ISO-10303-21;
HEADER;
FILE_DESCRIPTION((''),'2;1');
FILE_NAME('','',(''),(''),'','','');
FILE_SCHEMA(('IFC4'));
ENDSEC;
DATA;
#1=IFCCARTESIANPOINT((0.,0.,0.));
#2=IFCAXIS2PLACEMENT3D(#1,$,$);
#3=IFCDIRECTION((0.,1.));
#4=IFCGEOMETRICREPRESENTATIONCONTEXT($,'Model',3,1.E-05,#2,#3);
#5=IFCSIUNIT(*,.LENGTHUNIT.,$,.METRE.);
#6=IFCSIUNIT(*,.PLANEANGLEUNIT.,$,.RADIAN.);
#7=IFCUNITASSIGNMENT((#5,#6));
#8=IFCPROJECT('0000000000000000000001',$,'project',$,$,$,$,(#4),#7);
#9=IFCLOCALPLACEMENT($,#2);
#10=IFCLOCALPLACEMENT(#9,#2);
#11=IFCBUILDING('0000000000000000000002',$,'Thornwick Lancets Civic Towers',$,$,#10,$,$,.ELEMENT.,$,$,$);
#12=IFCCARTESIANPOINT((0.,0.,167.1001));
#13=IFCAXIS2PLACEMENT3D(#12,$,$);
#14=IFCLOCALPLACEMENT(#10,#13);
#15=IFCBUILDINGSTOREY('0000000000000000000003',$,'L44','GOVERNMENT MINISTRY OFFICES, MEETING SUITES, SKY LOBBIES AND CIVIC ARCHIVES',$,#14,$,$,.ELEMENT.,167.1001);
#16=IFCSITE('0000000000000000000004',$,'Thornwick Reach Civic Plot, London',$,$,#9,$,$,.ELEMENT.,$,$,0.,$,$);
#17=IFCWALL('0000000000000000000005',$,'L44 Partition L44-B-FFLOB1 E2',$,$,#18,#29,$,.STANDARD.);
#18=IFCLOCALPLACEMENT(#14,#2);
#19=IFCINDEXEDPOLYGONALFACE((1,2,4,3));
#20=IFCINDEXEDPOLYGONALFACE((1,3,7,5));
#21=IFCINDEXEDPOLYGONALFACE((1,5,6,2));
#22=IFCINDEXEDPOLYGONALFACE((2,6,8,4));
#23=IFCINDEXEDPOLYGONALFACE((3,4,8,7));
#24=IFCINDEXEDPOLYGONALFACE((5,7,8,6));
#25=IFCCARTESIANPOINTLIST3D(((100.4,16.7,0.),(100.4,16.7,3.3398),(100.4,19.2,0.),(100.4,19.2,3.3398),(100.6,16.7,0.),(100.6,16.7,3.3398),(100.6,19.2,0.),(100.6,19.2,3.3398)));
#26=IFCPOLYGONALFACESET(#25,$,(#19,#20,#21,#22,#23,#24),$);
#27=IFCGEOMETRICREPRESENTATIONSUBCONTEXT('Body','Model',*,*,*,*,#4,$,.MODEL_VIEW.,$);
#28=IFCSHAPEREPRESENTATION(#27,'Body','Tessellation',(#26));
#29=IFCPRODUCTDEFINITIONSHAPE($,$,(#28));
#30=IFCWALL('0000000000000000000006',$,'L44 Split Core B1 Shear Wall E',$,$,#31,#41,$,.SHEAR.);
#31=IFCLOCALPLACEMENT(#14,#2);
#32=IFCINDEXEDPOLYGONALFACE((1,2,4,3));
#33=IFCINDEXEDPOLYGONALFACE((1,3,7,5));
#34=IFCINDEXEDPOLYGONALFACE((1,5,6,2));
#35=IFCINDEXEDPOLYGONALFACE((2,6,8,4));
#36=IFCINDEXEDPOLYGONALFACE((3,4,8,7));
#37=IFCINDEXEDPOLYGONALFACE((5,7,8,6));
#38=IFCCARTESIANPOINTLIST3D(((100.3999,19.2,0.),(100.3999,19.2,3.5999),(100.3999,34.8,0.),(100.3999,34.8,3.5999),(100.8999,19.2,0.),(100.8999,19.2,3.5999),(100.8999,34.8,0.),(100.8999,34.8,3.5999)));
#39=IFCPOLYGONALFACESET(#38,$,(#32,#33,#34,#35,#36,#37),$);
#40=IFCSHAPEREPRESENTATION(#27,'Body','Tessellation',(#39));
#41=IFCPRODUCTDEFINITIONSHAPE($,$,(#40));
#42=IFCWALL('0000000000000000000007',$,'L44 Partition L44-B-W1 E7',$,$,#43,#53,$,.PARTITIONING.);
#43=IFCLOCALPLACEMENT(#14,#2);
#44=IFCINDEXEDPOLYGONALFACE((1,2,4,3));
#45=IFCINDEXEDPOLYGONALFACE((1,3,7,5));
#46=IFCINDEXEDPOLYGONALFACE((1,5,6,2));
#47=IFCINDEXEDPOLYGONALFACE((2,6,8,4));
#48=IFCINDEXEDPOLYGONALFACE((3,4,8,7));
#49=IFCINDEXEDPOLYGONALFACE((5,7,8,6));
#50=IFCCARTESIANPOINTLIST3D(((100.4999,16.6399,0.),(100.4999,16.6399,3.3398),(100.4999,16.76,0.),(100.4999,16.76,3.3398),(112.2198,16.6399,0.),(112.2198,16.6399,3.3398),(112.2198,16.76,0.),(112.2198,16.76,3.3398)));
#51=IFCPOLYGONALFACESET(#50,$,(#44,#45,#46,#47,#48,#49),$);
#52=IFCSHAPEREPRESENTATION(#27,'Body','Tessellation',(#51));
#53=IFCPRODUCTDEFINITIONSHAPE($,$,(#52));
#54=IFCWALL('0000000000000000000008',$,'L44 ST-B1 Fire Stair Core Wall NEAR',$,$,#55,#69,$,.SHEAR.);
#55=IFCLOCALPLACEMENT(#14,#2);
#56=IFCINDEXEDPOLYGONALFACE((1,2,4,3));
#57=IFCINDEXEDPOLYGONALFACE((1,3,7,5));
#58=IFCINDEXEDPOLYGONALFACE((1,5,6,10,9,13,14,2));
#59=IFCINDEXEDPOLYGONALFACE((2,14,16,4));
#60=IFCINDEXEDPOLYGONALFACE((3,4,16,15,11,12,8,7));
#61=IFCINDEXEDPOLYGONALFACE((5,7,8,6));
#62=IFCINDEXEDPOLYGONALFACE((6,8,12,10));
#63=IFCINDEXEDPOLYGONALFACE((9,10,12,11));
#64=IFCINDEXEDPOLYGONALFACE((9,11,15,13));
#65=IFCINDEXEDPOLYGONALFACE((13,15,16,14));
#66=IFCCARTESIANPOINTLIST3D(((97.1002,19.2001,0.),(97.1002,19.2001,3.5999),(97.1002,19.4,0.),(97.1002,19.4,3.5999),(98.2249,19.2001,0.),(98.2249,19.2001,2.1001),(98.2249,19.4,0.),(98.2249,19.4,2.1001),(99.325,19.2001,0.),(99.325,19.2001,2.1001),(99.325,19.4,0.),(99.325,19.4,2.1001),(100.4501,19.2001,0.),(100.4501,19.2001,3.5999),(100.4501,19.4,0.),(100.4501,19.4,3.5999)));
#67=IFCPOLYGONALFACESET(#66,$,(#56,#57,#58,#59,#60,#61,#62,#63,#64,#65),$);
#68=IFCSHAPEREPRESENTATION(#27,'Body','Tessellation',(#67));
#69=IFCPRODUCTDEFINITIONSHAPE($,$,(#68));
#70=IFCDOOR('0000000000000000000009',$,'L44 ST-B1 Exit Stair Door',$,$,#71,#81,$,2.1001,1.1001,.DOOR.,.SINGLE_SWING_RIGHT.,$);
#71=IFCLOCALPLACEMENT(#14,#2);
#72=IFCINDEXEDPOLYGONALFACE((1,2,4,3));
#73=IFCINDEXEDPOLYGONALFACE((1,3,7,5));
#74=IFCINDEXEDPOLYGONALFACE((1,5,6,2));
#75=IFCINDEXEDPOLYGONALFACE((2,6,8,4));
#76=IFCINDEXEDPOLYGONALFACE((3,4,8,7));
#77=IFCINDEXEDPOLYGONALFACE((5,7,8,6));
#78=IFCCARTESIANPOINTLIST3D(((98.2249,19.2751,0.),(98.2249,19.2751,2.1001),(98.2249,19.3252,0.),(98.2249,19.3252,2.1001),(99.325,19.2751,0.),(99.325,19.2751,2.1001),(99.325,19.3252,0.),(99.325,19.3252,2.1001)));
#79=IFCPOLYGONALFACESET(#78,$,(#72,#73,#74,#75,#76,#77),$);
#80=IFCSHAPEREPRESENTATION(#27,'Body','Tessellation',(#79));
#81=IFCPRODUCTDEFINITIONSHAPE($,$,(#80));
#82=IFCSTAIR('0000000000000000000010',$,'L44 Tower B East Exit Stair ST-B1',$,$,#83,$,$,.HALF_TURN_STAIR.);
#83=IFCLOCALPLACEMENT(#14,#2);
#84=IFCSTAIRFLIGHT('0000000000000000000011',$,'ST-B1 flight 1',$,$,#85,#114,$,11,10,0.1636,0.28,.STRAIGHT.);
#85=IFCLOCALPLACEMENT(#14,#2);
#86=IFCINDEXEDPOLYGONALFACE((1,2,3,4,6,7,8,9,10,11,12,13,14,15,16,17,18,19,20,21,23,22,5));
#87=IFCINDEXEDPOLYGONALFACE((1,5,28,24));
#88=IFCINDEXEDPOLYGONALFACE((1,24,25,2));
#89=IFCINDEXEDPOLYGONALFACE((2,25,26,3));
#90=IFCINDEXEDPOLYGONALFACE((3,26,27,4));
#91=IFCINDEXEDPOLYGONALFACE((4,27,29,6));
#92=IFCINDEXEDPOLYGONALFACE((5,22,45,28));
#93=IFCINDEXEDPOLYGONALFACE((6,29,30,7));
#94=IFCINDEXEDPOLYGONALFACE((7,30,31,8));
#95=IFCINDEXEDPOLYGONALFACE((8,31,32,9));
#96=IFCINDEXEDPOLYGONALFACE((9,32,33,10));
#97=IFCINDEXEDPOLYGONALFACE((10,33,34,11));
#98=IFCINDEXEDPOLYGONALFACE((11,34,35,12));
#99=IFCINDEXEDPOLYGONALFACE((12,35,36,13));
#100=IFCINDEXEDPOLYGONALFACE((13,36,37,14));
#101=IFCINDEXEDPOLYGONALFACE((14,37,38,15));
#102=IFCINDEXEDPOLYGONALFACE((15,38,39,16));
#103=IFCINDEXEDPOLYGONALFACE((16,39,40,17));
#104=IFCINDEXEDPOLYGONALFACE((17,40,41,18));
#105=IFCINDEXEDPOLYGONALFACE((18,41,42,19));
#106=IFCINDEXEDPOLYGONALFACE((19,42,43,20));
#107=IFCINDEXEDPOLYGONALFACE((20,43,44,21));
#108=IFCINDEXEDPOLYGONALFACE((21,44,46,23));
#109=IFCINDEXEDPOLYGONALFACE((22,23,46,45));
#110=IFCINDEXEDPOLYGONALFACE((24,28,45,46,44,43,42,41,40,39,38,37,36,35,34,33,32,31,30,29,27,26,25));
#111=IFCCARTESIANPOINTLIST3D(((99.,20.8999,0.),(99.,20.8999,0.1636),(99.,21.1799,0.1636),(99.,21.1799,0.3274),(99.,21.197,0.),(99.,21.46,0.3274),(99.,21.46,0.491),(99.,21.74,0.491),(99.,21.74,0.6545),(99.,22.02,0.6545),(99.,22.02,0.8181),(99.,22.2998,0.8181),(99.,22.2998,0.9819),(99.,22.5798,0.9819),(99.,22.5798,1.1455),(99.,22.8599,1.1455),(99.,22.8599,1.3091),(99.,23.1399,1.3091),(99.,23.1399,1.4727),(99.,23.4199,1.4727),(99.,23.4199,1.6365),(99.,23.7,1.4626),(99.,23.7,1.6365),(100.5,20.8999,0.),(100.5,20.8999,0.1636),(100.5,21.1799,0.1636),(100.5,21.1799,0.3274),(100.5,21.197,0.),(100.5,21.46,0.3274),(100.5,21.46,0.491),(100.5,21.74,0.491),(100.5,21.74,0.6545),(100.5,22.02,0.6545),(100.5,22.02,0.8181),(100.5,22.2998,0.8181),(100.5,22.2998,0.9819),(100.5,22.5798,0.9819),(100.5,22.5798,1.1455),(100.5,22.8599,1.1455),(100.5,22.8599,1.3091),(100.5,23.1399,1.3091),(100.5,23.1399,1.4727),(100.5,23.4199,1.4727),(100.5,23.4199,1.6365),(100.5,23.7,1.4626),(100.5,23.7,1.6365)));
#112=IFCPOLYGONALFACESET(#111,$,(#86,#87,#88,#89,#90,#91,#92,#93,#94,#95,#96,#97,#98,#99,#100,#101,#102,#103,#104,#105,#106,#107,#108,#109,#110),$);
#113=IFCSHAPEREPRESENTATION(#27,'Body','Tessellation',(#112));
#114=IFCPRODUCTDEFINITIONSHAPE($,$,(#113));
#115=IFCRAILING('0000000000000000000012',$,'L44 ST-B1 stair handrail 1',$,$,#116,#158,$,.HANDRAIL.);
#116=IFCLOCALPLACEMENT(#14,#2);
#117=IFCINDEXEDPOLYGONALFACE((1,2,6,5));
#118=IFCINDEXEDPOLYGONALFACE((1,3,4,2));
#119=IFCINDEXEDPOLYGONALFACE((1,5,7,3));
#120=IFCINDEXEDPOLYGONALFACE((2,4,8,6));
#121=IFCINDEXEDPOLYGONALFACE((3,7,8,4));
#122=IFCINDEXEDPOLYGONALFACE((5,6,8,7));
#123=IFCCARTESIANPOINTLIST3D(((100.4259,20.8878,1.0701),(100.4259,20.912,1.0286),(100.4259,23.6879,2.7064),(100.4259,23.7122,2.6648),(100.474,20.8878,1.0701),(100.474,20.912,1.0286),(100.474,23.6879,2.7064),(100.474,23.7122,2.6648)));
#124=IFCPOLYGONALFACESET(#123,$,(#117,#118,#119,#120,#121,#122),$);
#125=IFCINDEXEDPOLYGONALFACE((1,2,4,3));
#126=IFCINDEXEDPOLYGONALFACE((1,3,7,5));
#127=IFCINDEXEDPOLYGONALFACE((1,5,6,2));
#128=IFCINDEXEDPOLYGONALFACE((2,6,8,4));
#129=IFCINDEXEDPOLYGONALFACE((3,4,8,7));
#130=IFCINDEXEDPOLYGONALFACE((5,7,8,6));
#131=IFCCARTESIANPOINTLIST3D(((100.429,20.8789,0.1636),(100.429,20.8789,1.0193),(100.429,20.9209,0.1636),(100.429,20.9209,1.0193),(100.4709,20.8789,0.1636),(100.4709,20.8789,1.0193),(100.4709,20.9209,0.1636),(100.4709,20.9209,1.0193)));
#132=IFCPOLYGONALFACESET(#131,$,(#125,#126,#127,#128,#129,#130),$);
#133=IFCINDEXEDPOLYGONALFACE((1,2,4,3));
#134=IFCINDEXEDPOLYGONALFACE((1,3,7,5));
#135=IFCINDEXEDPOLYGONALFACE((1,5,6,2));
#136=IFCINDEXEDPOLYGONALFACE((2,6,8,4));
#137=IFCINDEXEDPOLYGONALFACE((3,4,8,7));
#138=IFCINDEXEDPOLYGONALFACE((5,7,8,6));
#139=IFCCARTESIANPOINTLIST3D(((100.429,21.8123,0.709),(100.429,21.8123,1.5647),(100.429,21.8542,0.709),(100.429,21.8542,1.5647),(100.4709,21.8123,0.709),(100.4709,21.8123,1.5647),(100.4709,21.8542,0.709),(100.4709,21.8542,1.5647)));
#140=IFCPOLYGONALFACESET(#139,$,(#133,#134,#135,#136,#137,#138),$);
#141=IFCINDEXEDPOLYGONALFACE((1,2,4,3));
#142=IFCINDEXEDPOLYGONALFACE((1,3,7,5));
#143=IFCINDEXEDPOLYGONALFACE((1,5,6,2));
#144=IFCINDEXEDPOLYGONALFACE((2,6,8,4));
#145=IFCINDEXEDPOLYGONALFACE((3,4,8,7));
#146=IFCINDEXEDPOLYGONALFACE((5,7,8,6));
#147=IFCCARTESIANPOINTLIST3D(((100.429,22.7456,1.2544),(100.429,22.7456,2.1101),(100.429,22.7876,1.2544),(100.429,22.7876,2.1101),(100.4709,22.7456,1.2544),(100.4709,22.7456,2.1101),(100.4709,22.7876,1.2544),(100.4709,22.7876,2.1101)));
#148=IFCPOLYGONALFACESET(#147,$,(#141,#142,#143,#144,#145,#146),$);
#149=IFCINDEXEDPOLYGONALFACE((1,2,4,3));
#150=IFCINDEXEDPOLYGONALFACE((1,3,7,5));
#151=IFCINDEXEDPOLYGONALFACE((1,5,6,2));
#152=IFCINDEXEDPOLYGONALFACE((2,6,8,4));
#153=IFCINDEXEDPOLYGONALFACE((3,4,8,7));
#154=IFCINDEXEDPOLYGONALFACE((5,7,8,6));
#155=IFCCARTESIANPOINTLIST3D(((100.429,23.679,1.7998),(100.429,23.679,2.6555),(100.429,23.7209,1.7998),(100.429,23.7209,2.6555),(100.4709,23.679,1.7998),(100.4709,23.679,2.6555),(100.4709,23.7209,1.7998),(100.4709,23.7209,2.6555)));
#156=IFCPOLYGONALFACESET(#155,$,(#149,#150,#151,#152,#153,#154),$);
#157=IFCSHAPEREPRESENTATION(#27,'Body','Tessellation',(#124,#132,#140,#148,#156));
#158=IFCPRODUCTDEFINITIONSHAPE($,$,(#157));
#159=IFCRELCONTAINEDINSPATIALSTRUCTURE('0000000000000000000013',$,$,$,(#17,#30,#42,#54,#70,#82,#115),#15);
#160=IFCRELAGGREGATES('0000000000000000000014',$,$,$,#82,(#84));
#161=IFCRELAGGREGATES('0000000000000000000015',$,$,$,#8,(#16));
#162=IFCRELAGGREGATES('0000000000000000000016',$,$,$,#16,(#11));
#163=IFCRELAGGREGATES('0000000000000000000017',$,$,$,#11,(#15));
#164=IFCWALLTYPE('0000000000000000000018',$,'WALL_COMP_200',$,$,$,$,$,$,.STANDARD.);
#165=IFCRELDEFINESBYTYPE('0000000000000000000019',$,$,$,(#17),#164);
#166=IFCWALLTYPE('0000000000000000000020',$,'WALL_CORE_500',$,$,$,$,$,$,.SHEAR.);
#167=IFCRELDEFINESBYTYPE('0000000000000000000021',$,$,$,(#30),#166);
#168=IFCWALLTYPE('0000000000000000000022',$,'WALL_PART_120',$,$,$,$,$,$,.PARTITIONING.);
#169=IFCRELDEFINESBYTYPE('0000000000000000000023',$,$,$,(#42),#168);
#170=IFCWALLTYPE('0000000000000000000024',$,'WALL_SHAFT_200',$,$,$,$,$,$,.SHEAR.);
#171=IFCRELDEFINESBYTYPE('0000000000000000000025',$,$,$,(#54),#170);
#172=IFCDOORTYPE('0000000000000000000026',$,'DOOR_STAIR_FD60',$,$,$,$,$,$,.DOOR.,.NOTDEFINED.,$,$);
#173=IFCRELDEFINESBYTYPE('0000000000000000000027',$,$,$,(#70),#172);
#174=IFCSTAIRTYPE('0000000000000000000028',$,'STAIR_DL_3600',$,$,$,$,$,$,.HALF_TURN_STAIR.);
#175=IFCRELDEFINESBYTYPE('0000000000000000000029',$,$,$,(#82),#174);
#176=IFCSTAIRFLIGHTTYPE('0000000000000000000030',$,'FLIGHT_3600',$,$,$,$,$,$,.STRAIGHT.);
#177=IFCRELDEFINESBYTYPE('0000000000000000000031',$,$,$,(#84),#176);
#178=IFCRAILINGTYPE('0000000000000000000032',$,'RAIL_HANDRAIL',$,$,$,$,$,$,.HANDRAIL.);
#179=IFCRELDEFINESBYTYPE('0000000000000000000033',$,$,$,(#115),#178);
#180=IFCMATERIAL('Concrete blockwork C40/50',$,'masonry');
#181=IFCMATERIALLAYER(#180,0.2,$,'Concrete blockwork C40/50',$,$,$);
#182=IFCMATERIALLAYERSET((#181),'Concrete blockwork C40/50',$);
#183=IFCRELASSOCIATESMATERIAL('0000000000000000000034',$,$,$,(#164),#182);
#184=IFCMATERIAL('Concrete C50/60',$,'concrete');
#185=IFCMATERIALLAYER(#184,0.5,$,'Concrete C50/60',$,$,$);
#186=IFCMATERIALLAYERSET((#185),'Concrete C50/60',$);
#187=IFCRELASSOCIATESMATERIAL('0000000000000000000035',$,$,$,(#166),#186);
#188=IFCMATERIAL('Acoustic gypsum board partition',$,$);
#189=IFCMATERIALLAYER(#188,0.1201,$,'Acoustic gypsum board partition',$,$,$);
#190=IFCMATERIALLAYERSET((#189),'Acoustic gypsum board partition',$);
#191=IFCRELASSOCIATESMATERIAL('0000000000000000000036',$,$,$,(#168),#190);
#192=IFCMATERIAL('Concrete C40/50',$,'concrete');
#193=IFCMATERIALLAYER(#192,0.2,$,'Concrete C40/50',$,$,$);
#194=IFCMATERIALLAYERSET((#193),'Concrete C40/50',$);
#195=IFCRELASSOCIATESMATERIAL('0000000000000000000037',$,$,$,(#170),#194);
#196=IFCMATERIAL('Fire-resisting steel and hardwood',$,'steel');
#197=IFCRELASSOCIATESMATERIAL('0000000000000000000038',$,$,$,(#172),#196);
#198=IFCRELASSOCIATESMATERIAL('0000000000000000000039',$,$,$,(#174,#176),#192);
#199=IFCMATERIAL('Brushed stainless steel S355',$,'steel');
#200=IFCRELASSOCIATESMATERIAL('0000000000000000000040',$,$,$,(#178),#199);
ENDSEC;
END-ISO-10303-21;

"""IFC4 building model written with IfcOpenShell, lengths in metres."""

from ifc_helpers import new_model, si_unit, direction, frame, frame_2d, origin, origin_2d, place, context, subcontext, project, spatial, polyline, rectangle, outline, extrude, material, layer, layer_set, type_object, element, fill, aggregate, save


model = new_model("IFC4")

# Units and contexts
model_context = context("Model", 3, precision=1e-05, world=origin(), true_north=direction((0.0, 1.0)))
body_context = subcontext(model_context, "Body", "Model", "MODEL_VIEW")
ifc_project = project(units=[si_unit("LENGTHUNIT", "METRE"), si_unit("PLANEANGLEUNIT", "RADIAN")], contexts=[model_context])

# Site, building, storey
site_placement = place(None, origin())
site = spatial("IfcSite", under=ifc_project, at=site_placement, Name="Thornwick Reach Civic Plot, London", CompositionType="ELEMENT", RefElevation=0.0)
building_placement = place(site_placement, origin())
building = spatial("IfcBuilding", under=site, at=building_placement, Name="Thornwick Lancets Civic Towers", CompositionType="ELEMENT")
storey_placement = place(building_placement, frame((0.0, 0.0, 167.1001)))
storey = spatial("IfcBuildingStorey", under=building, at=storey_placement, Name="L44", Description="GOVERNMENT MINISTRY OFFICES, MEETING SUITES, SKY LOBBIES AND CIVIC ARCHIVES", CompositionType="ELEMENT", Elevation=167.1001)

# Shared definitions
ifc_material_1 = material(Name="Concrete C50/60", Category="concrete")

# Shared definitions
ifc_material_2 = material(Name="Concrete C40/50", Category="concrete")

# Walls
ifc_material_3 = material(Name="Concrete blockwork C40/50", Category="masonry")
ifc_layer_1 = layer(ifc_material_3, 0.2, Name="Concrete blockwork C40/50")
ifc_layer_set_1 = layer_set([ifc_layer_1], Name="Concrete blockwork C40/50")
wall_type_1 = type_object("IfcWallType", Name="WALL_COMP_200", PredefinedType="STANDARD", material=ifc_layer_set_1)
wall_1_placement = place(storey_placement, frame((100.5, 16.7, 0.0), z_axis=(0.0, 0.0, 1.0), x_axis=(0.0, 1.0, 0.0)))
element("IfcWall", 1, at=wall_1_placement, inside=storey, type_object=wall_type_1, Name="L44 Partition L44-B-FFLOB1 E2", PredefinedType="STANDARD", context=body_context, shape_type="SweptSolid", body=[
    extrude(rectangle(XDim=2.5, YDim=0.2, at=frame_2d((1.25, 0.0))), origin(), (0.0, 0.0, 1.0), 3.3398),
])
ifc_layer_2 = layer(ifc_material_1, 0.5, Name="Concrete C50/60")
ifc_layer_set_2 = layer_set([ifc_layer_2], Name="Concrete C50/60")
wall_type_2 = type_object("IfcWallType", Name="WALL_CORE_500", PredefinedType="SHEAR", material=ifc_layer_set_2)
wall_2_placement = place(storey_placement, frame((100.6499, 19.2, 0.0), z_axis=(0.0, 0.0, 1.0), x_axis=(0.0, 1.0, 0.0)))
element("IfcWall", 2, at=wall_2_placement, inside=storey, type_object=wall_type_2, Name="L44 Split Core B1 Shear Wall E", PredefinedType="SHEAR", context=body_context, shape_type="SweptSolid", body=[
    extrude(rectangle(XDim=15.6001, YDim=0.5, at=frame_2d((7.8, 0.0))), origin(), (0.0, 0.0, 1.0), 3.5999),
])
ifc_material_4 = material(Name="Acoustic gypsum board partition")
ifc_layer_3 = layer(ifc_material_4, 0.1201, Name="Acoustic gypsum board partition")
ifc_layer_set_3 = layer_set([ifc_layer_3], Name="Acoustic gypsum board partition")
wall_type_3 = type_object("IfcWallType", Name="WALL_PART_120", PredefinedType="PARTITIONING", material=ifc_layer_set_3)
wall_3_placement = place(storey_placement, frame((100.5, 16.7, 0.0), z_axis=(0.0, 0.0, 1.0), x_axis=(1.0, 0.0, 0.0)))
element("IfcWall", 3, at=wall_3_placement, inside=storey, type_object=wall_type_3, Name="L44 Partition L44-B-W1 E7", PredefinedType="PARTITIONING", context=body_context, shape_type="SweptSolid", body=[
    extrude(rectangle(XDim=11.72, YDim=0.1201, at=frame_2d((5.8599, 0.0))), origin(), (0.0, 0.0, 1.0), 3.3398),
])

# Wall, opening, door
ifc_layer_4 = layer(ifc_material_2, 0.2, Name="Concrete C40/50")
ifc_layer_set_4 = layer_set([ifc_layer_4], Name="Concrete C40/50")
wall_type_4 = type_object("IfcWallType", Name="WALL_SHAFT_200", PredefinedType="SHEAR", material=ifc_layer_set_4)
wall_4_placement = place(storey_placement, frame((100.45, 19.3, 0.0), z_axis=(0.0, 0.0, 1.0), x_axis=(-1.0, 0.0, 0.0)))
wall_4 = element("IfcWall", 4, at=wall_4_placement, inside=storey, type_object=wall_type_4, Name="L44 ST-B1 Fire Stair Core Wall NEAR", PredefinedType="SHEAR", context=body_context, shape_type="SweptSolid", body=[
    extrude(rectangle(XDim=3.3499, YDim=0.2, at=frame_2d((1.6748, 0.0))), origin(), (0.0, 0.0, 1.0), 3.5999),
])
opening_placement = place(wall_4_placement, frame((1.125, 0.0, 0.0)))
opening = element("IfcOpeningElement", 5, at=opening_placement, cuts=wall_4, PredefinedType="OPENING", context=body_context, shape_type="SweptSolid", body=[
    extrude(rectangle(XDim=1.1001, YDim=2.1001, at=frame_2d((0.55, 1.05))), frame((0.0, 0.1099, 0.0), z_axis=(0.0, -1.0, 0.0), x_axis=(1.0, 0.0, 0.0)), (0.0, 0.0, 1.0), 0.22),
])
ifc_material_5 = material(Name="Fire-resisting steel and hardwood", Category="steel")
door_type = type_object("IfcDoorType", Name="DOOR_STAIR_FD60", OperationType="NOTDEFINED", PredefinedType="DOOR", material=ifc_material_5)
door_placement = place(opening_placement, origin())
door = element("IfcDoor", 6, at=door_placement, inside=storey, type_object=door_type, Name="L44 ST-B1 Exit Stair Door", OperationType="SINGLE_SWING_RIGHT", OverallHeight=2.1001, OverallWidth=1.1001, PredefinedType="DOOR", context=body_context, shape_type="SweptSolid", body=[
    extrude(rectangle(XDim=1.1001, YDim=2.1001, at=frame_2d((0.55, 1.05))), frame((0.0, 0.0249, 0.0), z_axis=(0.0, -1.0, 0.0), x_axis=(1.0, 0.0, 0.0)), (0.0, 0.0, 1.0), 0.05),
])
fill(opening, door)

# Stair, stair flight
stair_type = type_object("IfcStairType", Name="STAIR_DL_3600", PredefinedType="HALF_TURN_STAIR", material=ifc_material_2)
stair_placement = place(storey_placement, origin())
stair = element("IfcStair", 7, at=stair_placement, inside=storey, type_object=stair_type, Name="L44 Tower B East Exit Stair ST-B1", PredefinedType="HALF_TURN_STAIR")
stair_flight_type = type_object("IfcStairFlightType", Name="FLIGHT_3600", PredefinedType="STRAIGHT", material=ifc_material_2)
stair_flight_placement = place(storey_placement, frame((99.75, 20.8999, 0.0), z_axis=(0.0, 0.0, 1.0), x_axis=(0.0, 1.0, 0.0)))
stair_flight = element("IfcStairFlight", 8, at=stair_flight_placement, type_object=stair_flight_type, Name="ST-B1 flight 1", NumberOfRisers=11, NumberOfTreads=10, PredefinedType="STRAIGHT", RiserHeight=0.1636, TreadLength=0.28, context=body_context, shape_type="SweptSolid", body=[
    extrude(outline(polyline([(0.0, 0.0), (0.0, 0.1636), (0.28, 0.1636), (0.28, 0.3274), (0.5601, 0.3274), (0.5601, 0.491), (0.8401, 0.491), (0.8401, 0.6545), (1.1201, 0.6545), (1.1201, 0.8181), (1.3999, 0.8181), (1.3999, 0.9819), (1.6799, 0.9819), (1.6799, 1.1455), (1.96, 1.1455), (1.96, 1.3091), (2.24, 1.3091), (2.24, 1.4727), (2.52, 1.4727), (2.52, 1.6365), (2.8, 1.6365), (2.8, 1.8), (2.8, 1.4626), (0.2971, 0.0), (0.0, 0.0)])), frame((0.0, 0.75, 0.0), z_axis=(0.0, -1.0, 0.0), x_axis=(1.0, 0.0, 0.0)), (0.0, 0.0, 1.0), 1.5),
])
aggregate(stair, [stair_flight])

# Railing
ifc_material_6 = material(Name="Brushed stainless steel S355", Category="steel")
railing_type_1 = type_object("IfcRailingType", Name="RAIL_HANDRAIL", PredefinedType="HANDRAIL", material=ifc_material_6)
railing_1_placement = place(storey_placement, frame((100.45, 20.8999, 0.1636)))
element("IfcRailing", 9, at=railing_1_placement, inside=storey, type_object=railing_type_1, Name="L44 ST-B1 stair handrail 1", PredefinedType="HANDRAIL", context=body_context, shape_type="SweptSolid", body=[
    extrude(rectangle(XDim=0.0481, YDim=0.0481, at=origin_2d()), frame((0.0, 0.0, 0.8857), z_axis=(0.0, 0.863394, 0.504531), x_axis=(-1.0, 0.0, 0.0)), (0.0, 0.0, 1.0), 3.2432),
    extrude(rectangle(XDim=0.042, YDim=0.042, at=origin_2d()), origin(), (0.0, 0.0, 1.0), 0.8557),
    extrude(rectangle(XDim=0.042, YDim=0.042, at=origin_2d()), frame((0.0, 0.9333, 0.5454)), (0.0, 0.0, 1.0), 0.8557),
    extrude(rectangle(XDim=0.042, YDim=0.042, at=origin_2d()), frame((0.0, 1.8667, 1.0908)), (0.0, 0.0, 1.0), 0.8557),
    extrude(rectangle(XDim=0.042, YDim=0.042, at=origin_2d()), frame((0.0, 2.8, 1.6362)), (0.0, 0.0, 1.0), 0.8557),
])

save(model, "model.ifc")
